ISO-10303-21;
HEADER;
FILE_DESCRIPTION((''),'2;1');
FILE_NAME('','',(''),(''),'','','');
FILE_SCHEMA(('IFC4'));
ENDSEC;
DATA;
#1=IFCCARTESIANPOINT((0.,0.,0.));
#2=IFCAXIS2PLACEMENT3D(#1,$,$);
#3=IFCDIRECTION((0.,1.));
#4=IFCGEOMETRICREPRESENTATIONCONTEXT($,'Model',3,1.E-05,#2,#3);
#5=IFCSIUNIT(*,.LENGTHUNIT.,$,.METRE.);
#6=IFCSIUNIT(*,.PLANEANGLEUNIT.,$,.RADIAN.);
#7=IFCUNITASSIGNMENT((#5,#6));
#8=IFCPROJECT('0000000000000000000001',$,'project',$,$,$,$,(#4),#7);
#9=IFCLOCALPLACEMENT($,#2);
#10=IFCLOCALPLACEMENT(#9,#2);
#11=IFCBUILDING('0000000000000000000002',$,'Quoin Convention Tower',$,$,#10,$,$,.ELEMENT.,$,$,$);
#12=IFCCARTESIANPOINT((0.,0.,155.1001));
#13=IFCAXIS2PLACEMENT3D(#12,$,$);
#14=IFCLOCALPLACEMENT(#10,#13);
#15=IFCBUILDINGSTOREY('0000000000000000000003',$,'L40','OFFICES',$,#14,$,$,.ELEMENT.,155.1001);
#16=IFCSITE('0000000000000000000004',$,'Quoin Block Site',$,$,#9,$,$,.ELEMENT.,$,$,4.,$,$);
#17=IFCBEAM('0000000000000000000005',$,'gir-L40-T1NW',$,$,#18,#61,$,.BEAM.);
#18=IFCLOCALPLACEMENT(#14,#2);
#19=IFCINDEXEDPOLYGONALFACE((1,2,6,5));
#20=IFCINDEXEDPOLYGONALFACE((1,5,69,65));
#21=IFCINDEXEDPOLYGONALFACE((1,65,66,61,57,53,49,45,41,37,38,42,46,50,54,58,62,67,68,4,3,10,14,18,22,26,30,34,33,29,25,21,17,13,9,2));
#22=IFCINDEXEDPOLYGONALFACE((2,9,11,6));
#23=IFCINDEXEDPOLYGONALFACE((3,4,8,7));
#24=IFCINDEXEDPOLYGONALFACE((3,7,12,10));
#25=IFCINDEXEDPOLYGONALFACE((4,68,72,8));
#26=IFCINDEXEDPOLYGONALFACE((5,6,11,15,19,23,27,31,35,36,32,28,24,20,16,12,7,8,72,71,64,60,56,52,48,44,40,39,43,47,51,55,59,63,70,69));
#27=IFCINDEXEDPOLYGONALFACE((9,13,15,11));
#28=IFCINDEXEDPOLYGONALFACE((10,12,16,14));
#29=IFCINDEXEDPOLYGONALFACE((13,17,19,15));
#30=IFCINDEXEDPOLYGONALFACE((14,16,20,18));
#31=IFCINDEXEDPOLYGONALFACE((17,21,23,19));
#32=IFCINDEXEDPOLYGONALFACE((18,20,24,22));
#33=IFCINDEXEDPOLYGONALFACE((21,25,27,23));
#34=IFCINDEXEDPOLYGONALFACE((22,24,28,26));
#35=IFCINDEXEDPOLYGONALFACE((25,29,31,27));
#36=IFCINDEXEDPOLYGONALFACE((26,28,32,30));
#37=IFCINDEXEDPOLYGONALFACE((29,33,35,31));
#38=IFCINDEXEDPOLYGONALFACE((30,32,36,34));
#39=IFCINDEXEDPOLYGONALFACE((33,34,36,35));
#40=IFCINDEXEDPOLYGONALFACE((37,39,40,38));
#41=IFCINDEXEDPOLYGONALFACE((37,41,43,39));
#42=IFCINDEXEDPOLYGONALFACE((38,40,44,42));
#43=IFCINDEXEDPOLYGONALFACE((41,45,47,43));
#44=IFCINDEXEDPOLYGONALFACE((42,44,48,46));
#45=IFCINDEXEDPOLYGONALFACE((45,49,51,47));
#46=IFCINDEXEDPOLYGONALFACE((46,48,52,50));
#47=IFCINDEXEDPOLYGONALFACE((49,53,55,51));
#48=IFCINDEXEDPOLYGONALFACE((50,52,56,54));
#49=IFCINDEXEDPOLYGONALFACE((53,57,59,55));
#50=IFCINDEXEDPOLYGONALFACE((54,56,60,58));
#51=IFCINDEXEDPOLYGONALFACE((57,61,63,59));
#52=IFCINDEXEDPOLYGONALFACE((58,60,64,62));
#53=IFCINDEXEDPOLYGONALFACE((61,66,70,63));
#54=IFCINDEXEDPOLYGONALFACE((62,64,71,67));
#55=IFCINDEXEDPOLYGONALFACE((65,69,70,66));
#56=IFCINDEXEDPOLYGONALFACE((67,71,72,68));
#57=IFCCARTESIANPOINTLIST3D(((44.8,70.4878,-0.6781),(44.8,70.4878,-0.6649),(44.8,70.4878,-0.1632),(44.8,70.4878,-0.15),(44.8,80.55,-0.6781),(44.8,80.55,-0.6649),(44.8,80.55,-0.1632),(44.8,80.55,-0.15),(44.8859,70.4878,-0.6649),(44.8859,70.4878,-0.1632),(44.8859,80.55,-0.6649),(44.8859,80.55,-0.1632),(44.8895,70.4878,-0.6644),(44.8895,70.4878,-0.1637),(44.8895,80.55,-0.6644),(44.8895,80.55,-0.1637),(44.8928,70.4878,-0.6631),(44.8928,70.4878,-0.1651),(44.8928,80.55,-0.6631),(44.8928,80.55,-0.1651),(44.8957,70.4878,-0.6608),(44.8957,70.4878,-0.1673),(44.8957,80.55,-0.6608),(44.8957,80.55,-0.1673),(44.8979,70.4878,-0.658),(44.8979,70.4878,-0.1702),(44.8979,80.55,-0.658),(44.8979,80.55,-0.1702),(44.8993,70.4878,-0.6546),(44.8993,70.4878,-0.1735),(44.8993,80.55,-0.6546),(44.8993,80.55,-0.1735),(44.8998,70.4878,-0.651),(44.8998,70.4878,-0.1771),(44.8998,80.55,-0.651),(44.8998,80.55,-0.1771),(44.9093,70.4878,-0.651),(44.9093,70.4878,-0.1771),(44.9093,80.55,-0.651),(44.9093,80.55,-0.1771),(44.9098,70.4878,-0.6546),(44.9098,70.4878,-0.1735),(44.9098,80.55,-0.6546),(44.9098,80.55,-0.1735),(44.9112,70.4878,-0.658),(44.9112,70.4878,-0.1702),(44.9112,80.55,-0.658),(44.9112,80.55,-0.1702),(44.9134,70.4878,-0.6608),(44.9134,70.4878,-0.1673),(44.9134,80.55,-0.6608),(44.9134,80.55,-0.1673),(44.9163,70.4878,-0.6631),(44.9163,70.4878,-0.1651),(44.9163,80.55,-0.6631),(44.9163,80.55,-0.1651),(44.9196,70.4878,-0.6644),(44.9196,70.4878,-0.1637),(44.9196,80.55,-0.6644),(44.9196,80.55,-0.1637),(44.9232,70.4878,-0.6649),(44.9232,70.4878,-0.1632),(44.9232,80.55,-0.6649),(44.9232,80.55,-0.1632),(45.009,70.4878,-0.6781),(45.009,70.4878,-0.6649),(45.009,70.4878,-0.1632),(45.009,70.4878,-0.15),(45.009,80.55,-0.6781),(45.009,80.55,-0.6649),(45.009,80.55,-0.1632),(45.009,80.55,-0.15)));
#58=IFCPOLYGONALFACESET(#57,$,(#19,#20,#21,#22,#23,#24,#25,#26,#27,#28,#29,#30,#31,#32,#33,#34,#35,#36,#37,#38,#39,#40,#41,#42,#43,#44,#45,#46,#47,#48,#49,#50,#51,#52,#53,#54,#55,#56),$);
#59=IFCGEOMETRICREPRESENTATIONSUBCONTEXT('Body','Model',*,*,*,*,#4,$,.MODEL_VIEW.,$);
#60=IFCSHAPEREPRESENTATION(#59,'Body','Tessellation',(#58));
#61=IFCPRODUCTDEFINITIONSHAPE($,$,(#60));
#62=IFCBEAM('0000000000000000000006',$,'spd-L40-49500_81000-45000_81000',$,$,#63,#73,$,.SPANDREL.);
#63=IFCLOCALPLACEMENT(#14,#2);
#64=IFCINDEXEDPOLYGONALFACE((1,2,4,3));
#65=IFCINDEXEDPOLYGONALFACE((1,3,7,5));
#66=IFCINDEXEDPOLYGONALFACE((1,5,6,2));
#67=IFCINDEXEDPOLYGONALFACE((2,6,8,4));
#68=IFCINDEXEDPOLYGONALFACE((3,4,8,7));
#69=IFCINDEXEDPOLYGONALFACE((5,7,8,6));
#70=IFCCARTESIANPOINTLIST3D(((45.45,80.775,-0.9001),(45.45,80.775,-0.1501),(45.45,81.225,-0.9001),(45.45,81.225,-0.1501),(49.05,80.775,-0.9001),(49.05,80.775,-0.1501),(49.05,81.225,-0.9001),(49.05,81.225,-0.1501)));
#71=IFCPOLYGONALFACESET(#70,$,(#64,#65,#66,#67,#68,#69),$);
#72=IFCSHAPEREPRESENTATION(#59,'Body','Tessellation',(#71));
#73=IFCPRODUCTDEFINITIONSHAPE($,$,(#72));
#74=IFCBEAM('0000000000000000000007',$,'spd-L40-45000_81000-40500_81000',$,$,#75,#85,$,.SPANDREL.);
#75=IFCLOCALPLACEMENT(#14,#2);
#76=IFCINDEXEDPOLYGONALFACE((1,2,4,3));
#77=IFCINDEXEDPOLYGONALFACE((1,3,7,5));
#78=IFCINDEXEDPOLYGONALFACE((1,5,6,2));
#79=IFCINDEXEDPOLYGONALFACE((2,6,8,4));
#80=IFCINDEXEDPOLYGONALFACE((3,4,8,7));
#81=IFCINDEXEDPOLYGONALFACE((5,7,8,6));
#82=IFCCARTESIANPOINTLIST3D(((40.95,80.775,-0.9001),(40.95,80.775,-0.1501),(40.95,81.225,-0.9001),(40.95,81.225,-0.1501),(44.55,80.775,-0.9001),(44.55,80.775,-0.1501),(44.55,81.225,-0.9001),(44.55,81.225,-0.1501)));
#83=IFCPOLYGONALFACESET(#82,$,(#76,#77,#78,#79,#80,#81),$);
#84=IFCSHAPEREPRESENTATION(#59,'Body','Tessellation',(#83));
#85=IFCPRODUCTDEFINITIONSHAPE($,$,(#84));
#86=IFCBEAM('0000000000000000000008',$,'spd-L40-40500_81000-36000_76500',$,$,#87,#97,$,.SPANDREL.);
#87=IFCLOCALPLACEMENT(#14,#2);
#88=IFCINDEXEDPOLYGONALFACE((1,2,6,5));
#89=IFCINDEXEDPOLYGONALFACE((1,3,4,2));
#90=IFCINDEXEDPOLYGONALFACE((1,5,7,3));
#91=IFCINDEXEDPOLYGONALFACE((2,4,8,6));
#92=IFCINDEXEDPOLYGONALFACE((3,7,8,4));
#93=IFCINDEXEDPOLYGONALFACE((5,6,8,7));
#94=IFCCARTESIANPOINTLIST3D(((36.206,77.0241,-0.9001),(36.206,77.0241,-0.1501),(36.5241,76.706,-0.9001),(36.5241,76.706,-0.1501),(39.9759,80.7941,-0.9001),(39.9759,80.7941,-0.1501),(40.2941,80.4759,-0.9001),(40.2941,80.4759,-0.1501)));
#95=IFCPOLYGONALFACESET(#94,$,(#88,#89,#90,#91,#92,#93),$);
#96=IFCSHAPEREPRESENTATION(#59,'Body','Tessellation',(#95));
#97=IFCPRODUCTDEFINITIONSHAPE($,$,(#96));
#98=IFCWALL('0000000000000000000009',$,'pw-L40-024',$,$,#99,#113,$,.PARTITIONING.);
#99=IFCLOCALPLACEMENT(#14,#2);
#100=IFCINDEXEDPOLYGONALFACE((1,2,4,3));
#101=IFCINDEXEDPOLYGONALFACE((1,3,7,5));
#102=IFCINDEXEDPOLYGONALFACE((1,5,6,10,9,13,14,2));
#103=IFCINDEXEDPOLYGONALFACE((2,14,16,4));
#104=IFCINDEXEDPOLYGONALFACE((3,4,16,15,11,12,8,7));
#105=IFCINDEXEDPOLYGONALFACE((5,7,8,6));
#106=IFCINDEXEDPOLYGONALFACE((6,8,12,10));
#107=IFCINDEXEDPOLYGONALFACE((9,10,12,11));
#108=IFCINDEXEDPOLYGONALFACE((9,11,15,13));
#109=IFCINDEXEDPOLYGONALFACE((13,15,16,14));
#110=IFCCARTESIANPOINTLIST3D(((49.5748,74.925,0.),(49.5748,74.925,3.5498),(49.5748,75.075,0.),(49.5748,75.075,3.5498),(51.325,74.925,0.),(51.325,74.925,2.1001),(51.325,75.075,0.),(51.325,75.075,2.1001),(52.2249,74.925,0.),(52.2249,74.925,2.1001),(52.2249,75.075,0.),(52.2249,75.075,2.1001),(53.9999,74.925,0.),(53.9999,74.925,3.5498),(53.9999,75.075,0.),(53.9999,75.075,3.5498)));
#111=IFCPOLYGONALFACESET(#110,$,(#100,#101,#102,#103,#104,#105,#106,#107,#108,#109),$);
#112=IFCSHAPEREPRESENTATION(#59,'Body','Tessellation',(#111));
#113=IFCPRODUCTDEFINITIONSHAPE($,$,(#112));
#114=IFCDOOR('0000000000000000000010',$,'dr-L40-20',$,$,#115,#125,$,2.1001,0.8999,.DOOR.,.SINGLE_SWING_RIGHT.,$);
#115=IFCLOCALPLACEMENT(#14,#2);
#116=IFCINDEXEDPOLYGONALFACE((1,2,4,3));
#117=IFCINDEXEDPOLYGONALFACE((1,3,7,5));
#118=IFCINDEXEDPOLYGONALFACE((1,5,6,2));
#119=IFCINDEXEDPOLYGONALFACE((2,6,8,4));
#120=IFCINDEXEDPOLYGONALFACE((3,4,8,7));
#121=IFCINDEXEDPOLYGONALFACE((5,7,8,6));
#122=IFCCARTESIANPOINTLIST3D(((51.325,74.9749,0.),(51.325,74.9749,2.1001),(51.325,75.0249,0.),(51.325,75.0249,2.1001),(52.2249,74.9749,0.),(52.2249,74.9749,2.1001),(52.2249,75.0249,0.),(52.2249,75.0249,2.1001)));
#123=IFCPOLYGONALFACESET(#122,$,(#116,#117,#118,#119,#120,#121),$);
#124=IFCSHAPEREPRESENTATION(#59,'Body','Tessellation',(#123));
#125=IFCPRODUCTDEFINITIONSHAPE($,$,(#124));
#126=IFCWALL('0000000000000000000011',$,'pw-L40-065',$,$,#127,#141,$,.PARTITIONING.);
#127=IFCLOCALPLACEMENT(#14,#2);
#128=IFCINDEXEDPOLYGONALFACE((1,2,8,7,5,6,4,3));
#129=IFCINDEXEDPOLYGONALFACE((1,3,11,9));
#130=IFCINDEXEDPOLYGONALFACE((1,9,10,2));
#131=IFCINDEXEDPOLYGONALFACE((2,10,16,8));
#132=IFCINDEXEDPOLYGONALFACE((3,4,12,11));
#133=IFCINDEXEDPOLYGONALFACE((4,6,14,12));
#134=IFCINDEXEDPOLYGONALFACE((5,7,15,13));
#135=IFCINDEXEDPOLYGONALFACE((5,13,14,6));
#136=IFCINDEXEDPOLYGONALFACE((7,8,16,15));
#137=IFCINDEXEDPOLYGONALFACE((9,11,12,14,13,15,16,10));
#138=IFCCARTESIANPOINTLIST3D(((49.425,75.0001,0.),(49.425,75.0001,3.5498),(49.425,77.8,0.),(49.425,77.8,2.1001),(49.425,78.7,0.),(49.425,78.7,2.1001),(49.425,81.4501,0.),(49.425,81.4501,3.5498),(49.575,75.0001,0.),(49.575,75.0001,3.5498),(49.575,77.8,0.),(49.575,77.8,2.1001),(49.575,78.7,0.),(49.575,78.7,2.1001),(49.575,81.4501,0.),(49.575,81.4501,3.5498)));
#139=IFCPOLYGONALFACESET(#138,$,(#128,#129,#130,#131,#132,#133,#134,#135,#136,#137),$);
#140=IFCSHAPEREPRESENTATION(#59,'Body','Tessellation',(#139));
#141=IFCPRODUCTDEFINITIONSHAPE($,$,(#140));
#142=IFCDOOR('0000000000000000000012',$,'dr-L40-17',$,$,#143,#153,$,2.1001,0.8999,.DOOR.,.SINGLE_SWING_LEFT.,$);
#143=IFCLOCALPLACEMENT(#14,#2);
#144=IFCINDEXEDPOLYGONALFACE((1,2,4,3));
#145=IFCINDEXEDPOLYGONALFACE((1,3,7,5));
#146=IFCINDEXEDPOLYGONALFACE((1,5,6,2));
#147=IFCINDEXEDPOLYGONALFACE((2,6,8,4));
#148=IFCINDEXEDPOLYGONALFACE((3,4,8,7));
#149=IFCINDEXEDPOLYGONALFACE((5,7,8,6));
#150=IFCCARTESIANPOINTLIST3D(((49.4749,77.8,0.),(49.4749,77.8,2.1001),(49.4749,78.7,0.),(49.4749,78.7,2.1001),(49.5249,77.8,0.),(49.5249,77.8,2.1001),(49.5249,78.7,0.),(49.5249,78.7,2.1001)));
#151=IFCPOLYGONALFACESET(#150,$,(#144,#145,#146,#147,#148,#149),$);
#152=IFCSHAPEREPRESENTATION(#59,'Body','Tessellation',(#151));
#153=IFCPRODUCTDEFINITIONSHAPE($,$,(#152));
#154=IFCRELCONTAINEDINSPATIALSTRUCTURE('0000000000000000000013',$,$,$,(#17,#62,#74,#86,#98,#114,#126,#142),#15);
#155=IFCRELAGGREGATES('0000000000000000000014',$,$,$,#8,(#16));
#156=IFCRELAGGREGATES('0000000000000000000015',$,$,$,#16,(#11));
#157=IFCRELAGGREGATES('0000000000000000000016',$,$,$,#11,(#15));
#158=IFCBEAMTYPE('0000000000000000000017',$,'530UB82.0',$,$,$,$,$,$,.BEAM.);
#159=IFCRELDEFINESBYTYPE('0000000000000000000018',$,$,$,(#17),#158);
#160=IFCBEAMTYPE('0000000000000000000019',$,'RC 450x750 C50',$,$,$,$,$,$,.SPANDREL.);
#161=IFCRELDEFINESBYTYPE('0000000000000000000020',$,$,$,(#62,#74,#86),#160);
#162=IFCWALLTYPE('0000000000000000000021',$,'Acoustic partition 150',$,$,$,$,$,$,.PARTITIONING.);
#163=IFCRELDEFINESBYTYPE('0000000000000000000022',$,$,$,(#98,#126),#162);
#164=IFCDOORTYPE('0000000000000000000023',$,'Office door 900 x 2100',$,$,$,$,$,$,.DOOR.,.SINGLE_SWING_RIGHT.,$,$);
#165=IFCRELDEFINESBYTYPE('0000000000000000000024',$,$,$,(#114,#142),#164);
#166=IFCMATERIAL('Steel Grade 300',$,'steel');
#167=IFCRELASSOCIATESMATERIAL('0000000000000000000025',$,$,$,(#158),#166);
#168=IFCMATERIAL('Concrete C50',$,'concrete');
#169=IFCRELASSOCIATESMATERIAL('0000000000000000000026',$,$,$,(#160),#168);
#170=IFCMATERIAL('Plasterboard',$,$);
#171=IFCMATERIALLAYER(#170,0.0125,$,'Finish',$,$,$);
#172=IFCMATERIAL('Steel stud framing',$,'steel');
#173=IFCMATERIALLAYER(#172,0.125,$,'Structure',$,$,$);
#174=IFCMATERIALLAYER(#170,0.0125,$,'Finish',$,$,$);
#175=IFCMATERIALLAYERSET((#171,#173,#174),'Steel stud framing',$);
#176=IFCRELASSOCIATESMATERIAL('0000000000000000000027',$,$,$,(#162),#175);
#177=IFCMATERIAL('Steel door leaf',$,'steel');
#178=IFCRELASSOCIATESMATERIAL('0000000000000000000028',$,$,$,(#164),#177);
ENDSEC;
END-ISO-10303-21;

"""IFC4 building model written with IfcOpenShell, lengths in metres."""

from ifc_helpers import new_model, si_unit, direction, frame, frame_2d, origin, origin_2d, place, context, subcontext, project, spatial, rectangle, i_section, extrude, material, layer, layer_set, material_profile, profile_set, type_object, element, fill, save


model = new_model("IFC4")

# Units and contexts
model_context = context("Model", 3, precision=1e-05, world=origin(), true_north=direction((0.0, 1.0)))
body_context = subcontext(model_context, "Body", "Model", "MODEL_VIEW")
ifc_project = project(units=[si_unit("LENGTHUNIT", "METRE"), si_unit("PLANEANGLEUNIT", "RADIAN")], contexts=[model_context])

# Site, building, storey
site_placement = place(None, origin())
site = spatial("IfcSite", under=ifc_project, at=site_placement, Name="Quoin Block Site", CompositionType="ELEMENT", RefElevation=4.0)
building_placement = place(site_placement, origin())
building = spatial("IfcBuilding", under=site, at=building_placement, Name="Quoin Convention Tower", CompositionType="ELEMENT")
storey_placement = place(building_placement, frame((0.0, 0.0, 155.1001)))
storey = spatial("IfcBuildingStorey", under=building, at=storey_placement, Name="L40", Description="OFFICES", CompositionType="ELEMENT", Elevation=155.1001)

# Shared definitions
ifc_material_1 = material(Name="Concrete C50", Category="concrete")

# Beams
ifc_material_2 = material(Name="Steel Grade 300", Category="steel")
ifc_material_profile_1 = material_profile(ifc_material_2, i_section(OverallWidth=0.209, OverallDepth=0.5281, WebThickness=0.0095, FlangeThickness=0.0132, FilletRadius=0.0139, at=origin_2d()), Name="530UB82.0")
ifc_profile_set_1 = profile_set([ifc_material_profile_1], Name="Steel Grade 300")
beam_type_1 = type_object("IfcBeamType", Name="530UB82.0", PredefinedType="BEAM", material=ifc_profile_set_1)
beam_1_placement = place(storey_placement, frame((44.9045, 80.55, -0.4141), z_axis=(0.0, -1.0, 0.0), x_axis=(1.0, 0.0, 0.0)))
element("IfcBeam", 1, at=beam_1_placement, inside=storey, type_object=beam_type_1, Name="gir-L40-T1NW", PredefinedType="BEAM", context=body_context, shape_type="SweptSolid", body=[
    extrude(i_section(OverallWidth=0.209, OverallDepth=0.5281, WebThickness=0.0095, FlangeThickness=0.0132, FilletRadius=0.0139, at=origin_2d()), origin(), (0.0, 0.0, 1.0), 10.0623),
])
ifc_material_profile_2 = material_profile(ifc_material_1, rectangle(XDim=0.45, YDim=0.75, at=origin_2d()), Name="RC 450x750")
ifc_profile_set_2 = profile_set([ifc_material_profile_2], Name="Concrete C50")
beam_type_2 = type_object("IfcBeamType", Name="RC 450x750 C50", PredefinedType="SPANDREL", material=ifc_profile_set_2)
for number, where, z_axis, x_axis, name in (
    (2, (49.05, 81.0, -0.5251), (-1.0, 0.0, 0.0), (0.0, -1.0, 0.0), "spd-L40-49500_81000-45000_81000"),
    (3, (44.55, 81.0, -0.5251), (-1.0, 0.0, 0.0), (0.0, -1.0, 0.0), "spd-L40-45000_81000-40500_81000"),
):
    element("IfcBeam", number, at=place(storey_placement, frame(where, z_axis=z_axis, x_axis=x_axis)), inside=storey, type_object=beam_type_2, Name=name, PredefinedType="SPANDREL", context=body_context, shape_type="SweptSolid", body=[
        extrude(rectangle(XDim=0.45, YDim=0.75, at=origin_2d()), origin(), (0.0, 0.0, 1.0), 3.6001),
    ])
beam_2_placement = place(storey_placement, frame((40.135, 80.635, -0.5251), z_axis=(-0.707107, -0.707107, 0.0), x_axis=(0.707107, -0.707107, 0.0)))
element("IfcBeam", 4, at=beam_2_placement, inside=storey, type_object=beam_type_2, Name="spd-L40-40500_81000-36000_76500", PredefinedType="SPANDREL", context=body_context, shape_type="SweptSolid", body=[
    extrude(rectangle(XDim=0.45, YDim=0.75, at=origin_2d()), origin(), (0.0, 0.0, 1.0), 5.3315),
])

# Walls, openings, doors
ifc_material_3 = material(Name="Plasterboard")
ifc_layer_1 = layer(ifc_material_3, 0.0125, Name="Finish")
ifc_material_4 = material(Name="Steel stud framing", Category="steel")
ifc_layer_2 = layer(ifc_material_4, 0.125, Name="Structure")
ifc_layer_3 = layer(ifc_material_3, 0.0125, Name="Finish")
ifc_layer_set_1 = layer_set([ifc_layer_1, ifc_layer_2, ifc_layer_3], Name="Steel stud framing")
wall_type_1 = type_object("IfcWallType", Name="Acoustic partition 150", PredefinedType="PARTITIONING", material=ifc_layer_set_1)
wall_1_placement = place(storey_placement, frame((49.575, 75.0, 0.0), z_axis=(0.0, 0.0, 1.0), x_axis=(1.0, 0.0, 0.0)))
wall_1 = element("IfcWall", 5, at=wall_1_placement, inside=storey, type_object=wall_type_1, Name="pw-L40-024", PredefinedType="PARTITIONING", context=body_context, shape_type="SweptSolid", body=[
    extrude(rectangle(XDim=4.425, YDim=0.1499, at=frame_2d((2.2124, 0.0))), origin(), (0.0, 0.0, 1.0), 3.5498),
])
opening_1_placement = place(wall_1_placement, frame((1.75, 0.0, 0.0)))
opening_1 = element("IfcOpeningElement", 6, at=opening_1_placement, cuts=wall_1, PredefinedType="OPENING", context=body_context, shape_type="SweptSolid", body=[
    extrude(rectangle(XDim=0.8999, YDim=2.1001, at=frame_2d((0.45, 1.05))), frame((0.0, 0.085, 0.0), z_axis=(0.0, -1.0, 0.0), x_axis=(1.0, 0.0, 0.0)), (0.0, 0.0, 1.0), 0.1699),
])
ifc_material_5 = material(Name="Steel door leaf", Category="steel")
door_type_1 = type_object("IfcDoorType", Name="Office door 900 x 2100", OperationType="SINGLE_SWING_RIGHT", PredefinedType="DOOR", material=ifc_material_5)
door_1_placement = place(opening_1_placement, origin())
door_1 = element("IfcDoor", 7, at=door_1_placement, inside=storey, type_object=door_type_1, Name="dr-L40-20", OperationType="SINGLE_SWING_RIGHT", OverallHeight=2.1001, OverallWidth=0.8999, PredefinedType="DOOR", context=body_context, shape_type="SweptSolid", body=[
    extrude(rectangle(XDim=0.8999, YDim=2.1001, at=frame_2d((0.45, 1.05))), frame((0.0, 0.0249, 0.0), z_axis=(0.0, -1.0, 0.0), x_axis=(1.0, 0.0, 0.0)), (0.0, 0.0, 1.0), 0.05),
])
fill(opening_1, door_1)
wall_2_placement = place(storey_placement, frame((49.5, 75.0, 0.0), z_axis=(0.0, 0.0, 1.0), x_axis=(0.0, 1.0, 0.0)))
wall_2 = element("IfcWall", 8, at=wall_2_placement, inside=storey, type_object=wall_type_1, Name="pw-L40-065", PredefinedType="PARTITIONING", context=body_context, shape_type="SweptSolid", body=[
    extrude(rectangle(XDim=6.45, YDim=0.1499, at=frame_2d((3.2251, 0.0))), origin(), (0.0, 0.0, 1.0), 3.5498),
])
opening_2_placement = place(wall_2_placement, frame((2.8, 0.0, 0.0)))
opening_2 = element("IfcOpeningElement", 9, at=opening_2_placement, cuts=wall_2, PredefinedType="OPENING", context=body_context, shape_type="SweptSolid", body=[
    extrude(rectangle(XDim=0.8999, YDim=2.1001, at=frame_2d((0.45, 1.05))), frame((0.0, 0.085, 0.0), z_axis=(0.0, -1.0, 0.0), x_axis=(1.0, 0.0, 0.0)), (0.0, 0.0, 1.0), 0.1699),
])
door_2_placement = place(opening_2_placement, frame((0.8999, 0.0, 0.0), z_axis=(0.0, 0.0, 1.0), x_axis=(-1.0, 0.0, 0.0)))
door_2 = element("IfcDoor", 10, at=door_2_placement, inside=storey, type_object=door_type_1, Name="dr-L40-17", OperationType="SINGLE_SWING_LEFT", OverallHeight=2.1001, OverallWidth=0.8999, PredefinedType="DOOR", context=body_context, shape_type="SweptSolid", body=[
    extrude(rectangle(XDim=0.8999, YDim=2.1001, at=frame_2d((0.45, 1.05))), frame((0.0, 0.0249, 0.0), z_axis=(0.0, -1.0, 0.0), x_axis=(1.0, 0.0, 0.0)), (0.0, 0.0, 1.0), 0.05),
])
fill(opening_2, door_2)

save(model, "model.ifc")
